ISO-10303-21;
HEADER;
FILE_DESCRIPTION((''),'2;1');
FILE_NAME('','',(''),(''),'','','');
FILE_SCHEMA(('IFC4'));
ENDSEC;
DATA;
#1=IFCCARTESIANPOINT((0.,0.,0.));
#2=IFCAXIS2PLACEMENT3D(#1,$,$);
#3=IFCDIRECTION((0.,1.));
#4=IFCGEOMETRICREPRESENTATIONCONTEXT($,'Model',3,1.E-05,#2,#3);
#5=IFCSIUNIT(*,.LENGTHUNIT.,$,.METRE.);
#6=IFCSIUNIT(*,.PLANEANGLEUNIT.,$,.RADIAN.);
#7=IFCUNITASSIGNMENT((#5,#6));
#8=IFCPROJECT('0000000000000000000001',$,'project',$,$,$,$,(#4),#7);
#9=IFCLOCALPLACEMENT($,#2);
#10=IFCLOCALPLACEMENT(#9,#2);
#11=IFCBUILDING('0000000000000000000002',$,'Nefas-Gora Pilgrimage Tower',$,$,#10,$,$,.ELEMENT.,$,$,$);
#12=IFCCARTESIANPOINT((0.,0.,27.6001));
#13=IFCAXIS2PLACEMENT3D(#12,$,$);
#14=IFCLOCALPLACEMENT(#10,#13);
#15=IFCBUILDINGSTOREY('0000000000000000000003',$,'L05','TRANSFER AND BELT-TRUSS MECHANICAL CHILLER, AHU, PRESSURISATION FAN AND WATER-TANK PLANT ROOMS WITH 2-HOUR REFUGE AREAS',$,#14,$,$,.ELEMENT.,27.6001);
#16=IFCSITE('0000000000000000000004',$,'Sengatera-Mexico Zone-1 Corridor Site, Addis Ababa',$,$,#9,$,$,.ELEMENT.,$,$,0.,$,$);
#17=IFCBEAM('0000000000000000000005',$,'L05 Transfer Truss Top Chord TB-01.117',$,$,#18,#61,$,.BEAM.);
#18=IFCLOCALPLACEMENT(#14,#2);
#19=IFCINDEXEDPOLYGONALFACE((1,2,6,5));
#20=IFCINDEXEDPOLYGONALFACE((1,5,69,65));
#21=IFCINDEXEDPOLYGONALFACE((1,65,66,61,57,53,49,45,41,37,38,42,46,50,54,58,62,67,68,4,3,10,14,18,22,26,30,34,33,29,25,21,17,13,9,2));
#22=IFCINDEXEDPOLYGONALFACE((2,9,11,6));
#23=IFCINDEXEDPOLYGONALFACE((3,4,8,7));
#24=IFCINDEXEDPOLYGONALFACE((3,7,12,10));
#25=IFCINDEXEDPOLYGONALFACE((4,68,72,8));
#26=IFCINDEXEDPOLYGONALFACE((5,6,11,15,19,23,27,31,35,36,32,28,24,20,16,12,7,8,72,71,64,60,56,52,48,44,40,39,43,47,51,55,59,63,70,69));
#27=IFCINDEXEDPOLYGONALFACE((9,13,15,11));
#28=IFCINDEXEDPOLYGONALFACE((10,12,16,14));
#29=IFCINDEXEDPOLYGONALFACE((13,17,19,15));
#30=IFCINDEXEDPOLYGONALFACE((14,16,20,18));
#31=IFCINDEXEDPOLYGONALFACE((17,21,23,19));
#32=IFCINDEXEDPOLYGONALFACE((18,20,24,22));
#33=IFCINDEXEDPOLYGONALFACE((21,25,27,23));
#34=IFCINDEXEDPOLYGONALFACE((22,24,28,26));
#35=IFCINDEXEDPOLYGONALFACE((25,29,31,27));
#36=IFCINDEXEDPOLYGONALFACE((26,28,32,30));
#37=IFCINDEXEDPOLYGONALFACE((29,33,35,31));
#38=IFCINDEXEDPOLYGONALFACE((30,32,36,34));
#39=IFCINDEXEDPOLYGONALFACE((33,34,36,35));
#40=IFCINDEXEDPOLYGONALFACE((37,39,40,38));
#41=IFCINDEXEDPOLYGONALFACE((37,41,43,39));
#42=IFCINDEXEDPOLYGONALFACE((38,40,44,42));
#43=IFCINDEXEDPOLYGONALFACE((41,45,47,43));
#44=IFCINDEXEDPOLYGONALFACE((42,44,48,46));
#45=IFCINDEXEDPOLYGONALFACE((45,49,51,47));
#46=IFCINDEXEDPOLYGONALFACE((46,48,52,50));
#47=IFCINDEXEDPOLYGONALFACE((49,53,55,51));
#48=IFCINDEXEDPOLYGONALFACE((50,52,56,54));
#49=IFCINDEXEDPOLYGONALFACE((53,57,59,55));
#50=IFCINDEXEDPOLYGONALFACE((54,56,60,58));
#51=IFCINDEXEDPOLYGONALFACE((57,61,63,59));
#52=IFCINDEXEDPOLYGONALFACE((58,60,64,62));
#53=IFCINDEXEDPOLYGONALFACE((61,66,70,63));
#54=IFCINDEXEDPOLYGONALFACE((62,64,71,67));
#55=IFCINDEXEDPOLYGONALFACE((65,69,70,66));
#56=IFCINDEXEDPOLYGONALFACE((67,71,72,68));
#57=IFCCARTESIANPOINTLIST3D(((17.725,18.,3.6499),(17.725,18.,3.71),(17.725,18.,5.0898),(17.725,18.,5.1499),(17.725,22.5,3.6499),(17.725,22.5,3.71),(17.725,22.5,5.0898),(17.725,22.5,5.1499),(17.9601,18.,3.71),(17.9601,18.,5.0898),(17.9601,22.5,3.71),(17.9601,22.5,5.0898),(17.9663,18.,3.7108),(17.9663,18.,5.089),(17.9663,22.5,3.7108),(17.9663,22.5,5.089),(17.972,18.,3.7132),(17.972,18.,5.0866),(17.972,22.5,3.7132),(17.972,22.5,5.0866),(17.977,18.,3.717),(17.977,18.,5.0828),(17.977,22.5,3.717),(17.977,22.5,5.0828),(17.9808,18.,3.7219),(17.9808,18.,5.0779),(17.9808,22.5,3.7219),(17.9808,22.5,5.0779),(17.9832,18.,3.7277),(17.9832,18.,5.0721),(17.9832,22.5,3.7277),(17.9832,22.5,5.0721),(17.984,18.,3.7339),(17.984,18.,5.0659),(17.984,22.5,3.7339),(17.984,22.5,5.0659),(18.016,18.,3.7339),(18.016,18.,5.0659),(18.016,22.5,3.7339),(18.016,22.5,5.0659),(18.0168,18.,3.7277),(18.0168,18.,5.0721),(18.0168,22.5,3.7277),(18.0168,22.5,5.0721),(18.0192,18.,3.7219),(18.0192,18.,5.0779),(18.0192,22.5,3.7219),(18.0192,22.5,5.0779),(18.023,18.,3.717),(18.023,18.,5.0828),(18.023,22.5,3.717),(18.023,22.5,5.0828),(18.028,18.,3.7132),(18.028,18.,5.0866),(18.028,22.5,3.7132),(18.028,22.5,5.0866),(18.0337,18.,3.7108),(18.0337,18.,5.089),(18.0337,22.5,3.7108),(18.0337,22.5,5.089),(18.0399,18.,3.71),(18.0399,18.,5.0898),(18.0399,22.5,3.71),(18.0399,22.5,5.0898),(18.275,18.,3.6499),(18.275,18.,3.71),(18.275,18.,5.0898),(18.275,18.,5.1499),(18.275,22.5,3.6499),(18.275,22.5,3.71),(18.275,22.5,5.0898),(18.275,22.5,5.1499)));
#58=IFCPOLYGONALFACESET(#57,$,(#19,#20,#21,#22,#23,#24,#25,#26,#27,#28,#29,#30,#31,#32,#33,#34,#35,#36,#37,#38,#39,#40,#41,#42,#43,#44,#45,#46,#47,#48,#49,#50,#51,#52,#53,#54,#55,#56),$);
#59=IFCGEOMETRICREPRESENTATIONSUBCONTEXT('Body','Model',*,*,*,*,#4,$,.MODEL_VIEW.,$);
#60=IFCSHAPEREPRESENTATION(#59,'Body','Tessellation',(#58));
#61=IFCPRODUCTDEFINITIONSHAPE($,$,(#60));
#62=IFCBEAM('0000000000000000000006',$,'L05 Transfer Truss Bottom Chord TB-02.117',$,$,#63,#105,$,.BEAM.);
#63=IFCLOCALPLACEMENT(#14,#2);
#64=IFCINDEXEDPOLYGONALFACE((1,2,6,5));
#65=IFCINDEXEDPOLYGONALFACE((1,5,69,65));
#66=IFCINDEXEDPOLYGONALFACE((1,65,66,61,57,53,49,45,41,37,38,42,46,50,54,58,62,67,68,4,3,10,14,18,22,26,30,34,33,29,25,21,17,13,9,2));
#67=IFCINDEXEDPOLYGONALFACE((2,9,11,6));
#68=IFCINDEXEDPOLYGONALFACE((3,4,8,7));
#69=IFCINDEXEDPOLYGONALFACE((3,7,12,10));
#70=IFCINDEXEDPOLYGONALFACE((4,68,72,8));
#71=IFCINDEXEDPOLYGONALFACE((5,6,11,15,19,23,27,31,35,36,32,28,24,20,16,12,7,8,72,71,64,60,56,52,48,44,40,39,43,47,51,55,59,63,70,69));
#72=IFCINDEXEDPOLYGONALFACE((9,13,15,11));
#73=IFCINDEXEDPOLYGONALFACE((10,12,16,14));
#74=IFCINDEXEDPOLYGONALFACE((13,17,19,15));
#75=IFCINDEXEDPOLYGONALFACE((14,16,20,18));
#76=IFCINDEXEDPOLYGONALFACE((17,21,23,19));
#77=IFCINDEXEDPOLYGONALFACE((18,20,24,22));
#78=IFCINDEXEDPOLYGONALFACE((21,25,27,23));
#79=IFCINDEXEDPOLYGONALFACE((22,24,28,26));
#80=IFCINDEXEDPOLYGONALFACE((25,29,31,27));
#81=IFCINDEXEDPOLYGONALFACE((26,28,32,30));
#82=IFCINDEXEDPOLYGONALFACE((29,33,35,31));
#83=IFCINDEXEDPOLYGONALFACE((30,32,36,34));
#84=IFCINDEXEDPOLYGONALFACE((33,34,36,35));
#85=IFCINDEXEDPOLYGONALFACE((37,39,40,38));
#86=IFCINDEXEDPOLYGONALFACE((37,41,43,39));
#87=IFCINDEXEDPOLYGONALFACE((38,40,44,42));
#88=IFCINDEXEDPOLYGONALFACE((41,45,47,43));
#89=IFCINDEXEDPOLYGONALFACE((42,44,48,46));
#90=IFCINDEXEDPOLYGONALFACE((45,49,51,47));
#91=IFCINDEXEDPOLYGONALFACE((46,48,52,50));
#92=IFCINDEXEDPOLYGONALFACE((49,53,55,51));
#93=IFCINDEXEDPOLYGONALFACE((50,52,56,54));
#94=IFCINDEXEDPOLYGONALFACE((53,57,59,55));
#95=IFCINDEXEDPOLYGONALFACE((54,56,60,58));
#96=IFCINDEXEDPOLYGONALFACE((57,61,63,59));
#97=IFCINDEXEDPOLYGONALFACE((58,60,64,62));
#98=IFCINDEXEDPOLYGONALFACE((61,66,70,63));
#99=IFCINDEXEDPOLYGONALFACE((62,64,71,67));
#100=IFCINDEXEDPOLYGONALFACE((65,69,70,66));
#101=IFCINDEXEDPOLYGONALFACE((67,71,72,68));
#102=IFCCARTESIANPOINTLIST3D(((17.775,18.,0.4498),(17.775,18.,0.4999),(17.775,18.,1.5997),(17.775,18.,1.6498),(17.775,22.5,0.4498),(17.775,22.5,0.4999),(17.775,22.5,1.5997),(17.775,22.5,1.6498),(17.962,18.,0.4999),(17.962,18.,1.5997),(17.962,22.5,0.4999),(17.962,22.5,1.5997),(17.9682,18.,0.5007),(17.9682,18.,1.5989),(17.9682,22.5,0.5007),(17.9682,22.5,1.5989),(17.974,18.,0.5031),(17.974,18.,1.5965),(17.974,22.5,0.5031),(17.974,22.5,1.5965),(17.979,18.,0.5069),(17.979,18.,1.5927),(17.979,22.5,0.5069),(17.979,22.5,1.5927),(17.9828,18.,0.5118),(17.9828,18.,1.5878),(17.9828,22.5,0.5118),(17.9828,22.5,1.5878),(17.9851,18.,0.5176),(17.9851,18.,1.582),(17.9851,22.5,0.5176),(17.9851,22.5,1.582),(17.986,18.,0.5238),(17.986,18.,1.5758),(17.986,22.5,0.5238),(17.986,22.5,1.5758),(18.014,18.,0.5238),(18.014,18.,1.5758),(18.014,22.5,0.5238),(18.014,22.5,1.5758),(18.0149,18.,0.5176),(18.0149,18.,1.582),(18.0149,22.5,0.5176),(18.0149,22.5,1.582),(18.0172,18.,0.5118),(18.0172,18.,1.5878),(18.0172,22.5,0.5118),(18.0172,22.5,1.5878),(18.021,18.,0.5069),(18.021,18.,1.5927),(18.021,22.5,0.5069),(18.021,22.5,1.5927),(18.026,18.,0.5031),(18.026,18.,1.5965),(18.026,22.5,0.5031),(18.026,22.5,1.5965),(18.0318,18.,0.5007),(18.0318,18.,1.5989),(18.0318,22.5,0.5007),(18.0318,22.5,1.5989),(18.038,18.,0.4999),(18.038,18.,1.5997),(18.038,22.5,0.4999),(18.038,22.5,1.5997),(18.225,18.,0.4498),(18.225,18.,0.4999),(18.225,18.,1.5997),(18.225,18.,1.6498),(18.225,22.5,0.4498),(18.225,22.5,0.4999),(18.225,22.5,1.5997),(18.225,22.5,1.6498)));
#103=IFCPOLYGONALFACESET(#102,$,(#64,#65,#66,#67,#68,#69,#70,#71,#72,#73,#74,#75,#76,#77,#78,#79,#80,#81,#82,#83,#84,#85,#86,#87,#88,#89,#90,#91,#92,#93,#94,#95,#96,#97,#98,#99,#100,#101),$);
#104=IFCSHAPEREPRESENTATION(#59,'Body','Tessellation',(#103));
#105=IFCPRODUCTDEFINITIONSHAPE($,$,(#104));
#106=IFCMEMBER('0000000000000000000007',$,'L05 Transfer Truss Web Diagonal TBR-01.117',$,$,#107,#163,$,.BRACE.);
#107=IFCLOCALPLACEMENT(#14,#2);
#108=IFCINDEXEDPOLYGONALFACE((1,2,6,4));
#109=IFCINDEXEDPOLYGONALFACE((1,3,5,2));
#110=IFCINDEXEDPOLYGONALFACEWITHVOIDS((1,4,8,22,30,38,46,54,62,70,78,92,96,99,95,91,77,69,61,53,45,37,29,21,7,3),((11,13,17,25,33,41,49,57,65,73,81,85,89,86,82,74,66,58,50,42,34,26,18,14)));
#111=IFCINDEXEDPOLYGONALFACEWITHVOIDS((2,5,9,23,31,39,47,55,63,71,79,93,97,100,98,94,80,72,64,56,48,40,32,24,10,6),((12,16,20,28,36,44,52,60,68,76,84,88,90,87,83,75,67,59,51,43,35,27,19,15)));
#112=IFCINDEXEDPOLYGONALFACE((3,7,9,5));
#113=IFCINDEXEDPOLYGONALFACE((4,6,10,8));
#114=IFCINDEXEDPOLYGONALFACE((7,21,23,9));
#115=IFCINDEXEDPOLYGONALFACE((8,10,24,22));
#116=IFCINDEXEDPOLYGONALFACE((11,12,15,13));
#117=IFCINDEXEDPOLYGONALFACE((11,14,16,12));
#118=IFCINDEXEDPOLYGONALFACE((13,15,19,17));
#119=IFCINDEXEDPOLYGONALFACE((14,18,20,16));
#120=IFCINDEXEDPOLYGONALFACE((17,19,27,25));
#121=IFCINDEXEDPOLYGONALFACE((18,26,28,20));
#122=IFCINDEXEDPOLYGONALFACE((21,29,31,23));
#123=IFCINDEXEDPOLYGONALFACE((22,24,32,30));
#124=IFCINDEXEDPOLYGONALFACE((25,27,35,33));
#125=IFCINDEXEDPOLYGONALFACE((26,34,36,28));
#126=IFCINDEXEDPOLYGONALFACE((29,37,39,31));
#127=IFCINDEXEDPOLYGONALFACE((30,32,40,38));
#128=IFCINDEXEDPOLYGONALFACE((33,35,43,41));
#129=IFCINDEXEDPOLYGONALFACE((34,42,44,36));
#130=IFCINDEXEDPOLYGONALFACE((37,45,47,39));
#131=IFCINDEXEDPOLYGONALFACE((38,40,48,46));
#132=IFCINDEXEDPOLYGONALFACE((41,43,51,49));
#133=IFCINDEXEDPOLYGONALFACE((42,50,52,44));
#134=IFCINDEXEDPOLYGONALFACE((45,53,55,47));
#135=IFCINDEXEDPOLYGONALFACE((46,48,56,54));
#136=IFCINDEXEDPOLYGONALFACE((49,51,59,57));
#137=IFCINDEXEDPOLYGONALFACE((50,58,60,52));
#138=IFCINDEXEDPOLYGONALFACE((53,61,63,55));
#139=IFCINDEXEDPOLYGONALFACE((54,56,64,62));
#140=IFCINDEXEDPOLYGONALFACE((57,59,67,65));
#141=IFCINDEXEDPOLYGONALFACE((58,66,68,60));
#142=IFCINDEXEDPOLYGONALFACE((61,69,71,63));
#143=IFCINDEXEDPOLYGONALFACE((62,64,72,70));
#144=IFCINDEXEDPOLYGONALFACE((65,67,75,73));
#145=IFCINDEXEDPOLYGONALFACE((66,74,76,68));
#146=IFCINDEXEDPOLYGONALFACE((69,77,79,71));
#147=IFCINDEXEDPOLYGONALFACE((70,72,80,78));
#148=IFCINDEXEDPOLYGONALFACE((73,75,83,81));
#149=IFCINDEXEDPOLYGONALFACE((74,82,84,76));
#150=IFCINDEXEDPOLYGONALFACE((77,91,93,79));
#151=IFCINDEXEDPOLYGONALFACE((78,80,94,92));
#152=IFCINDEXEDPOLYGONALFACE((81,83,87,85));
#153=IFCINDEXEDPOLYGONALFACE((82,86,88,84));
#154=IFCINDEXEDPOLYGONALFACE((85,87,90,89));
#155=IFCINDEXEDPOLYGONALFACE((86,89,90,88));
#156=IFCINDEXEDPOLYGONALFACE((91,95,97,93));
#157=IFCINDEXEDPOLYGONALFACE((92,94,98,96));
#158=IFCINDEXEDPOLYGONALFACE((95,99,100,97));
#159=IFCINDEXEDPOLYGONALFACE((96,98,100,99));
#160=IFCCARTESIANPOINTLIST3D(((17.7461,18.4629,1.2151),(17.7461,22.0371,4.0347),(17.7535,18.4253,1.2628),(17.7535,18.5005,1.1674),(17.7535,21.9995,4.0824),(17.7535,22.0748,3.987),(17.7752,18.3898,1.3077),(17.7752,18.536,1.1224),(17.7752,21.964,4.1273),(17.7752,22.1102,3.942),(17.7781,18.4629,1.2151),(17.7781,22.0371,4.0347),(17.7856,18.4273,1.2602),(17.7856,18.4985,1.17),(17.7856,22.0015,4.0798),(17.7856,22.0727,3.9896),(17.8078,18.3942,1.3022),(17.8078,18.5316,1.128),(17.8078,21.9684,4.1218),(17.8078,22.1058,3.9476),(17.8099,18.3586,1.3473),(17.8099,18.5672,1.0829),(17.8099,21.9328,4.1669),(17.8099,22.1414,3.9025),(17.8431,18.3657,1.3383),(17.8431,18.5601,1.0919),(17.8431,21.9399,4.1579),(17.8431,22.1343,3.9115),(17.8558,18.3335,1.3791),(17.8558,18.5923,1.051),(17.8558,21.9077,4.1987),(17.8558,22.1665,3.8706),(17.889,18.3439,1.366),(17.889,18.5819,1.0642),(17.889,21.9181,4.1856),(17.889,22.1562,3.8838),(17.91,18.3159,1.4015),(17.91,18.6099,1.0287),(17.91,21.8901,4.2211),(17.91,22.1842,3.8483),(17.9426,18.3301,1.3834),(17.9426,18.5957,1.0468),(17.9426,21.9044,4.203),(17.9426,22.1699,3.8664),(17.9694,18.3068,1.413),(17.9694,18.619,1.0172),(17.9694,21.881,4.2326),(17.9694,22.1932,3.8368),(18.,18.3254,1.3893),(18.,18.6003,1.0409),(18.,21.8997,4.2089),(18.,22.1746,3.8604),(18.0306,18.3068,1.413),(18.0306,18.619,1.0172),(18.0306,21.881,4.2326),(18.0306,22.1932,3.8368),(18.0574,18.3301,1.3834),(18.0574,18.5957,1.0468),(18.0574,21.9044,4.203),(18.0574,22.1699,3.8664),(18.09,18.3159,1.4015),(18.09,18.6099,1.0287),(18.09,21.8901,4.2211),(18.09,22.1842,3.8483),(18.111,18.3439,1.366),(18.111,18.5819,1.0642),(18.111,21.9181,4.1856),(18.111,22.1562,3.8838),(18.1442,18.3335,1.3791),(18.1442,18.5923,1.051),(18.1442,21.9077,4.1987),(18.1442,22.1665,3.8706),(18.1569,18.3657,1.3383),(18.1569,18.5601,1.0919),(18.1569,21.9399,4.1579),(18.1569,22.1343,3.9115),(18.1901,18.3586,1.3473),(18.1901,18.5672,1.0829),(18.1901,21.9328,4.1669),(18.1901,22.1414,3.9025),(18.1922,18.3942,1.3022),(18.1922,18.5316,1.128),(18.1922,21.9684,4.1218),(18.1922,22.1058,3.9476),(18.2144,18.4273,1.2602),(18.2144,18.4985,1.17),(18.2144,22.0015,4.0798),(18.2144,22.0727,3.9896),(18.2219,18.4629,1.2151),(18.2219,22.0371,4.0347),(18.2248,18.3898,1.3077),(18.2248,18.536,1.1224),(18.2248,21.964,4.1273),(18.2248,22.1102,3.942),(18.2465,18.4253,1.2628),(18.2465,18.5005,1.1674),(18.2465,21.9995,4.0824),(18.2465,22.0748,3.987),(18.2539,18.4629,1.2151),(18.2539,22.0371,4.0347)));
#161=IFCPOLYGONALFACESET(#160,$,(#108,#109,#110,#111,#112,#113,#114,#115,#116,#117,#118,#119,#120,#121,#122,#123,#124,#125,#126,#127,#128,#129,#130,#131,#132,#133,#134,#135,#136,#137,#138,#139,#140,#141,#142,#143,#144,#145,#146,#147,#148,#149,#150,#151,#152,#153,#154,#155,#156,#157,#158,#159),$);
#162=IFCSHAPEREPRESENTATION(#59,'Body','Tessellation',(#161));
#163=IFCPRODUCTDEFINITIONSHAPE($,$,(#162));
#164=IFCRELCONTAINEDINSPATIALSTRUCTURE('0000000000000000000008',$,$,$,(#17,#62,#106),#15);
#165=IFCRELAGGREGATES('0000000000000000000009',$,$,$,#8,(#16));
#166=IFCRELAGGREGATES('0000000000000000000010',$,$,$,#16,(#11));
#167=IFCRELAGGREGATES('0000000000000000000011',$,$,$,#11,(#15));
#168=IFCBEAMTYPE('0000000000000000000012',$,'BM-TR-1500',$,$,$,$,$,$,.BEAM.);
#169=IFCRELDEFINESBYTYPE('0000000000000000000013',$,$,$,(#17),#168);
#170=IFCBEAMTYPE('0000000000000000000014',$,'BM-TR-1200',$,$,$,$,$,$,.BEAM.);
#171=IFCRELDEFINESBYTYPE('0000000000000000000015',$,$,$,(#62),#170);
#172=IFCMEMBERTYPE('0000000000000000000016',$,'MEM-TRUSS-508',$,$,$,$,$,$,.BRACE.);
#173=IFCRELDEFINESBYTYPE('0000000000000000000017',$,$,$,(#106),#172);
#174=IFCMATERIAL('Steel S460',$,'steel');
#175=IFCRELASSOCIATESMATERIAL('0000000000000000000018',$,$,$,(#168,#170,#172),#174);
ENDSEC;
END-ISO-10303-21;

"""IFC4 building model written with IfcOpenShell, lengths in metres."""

from ifc_helpers import new_model, si_unit, direction, frame, origin, origin_2d, place, context, subcontext, project, spatial, hollow_circle, i_section, extrude, source, transform, mapped, material, material_profile, profile_set, type_object, element, save


model = new_model("IFC4")

# Units and contexts
model_context = context("Model", 3, precision=1e-05, world=origin(), true_north=direction((0.0, 1.0)))
body_context = subcontext(model_context, "Body", "Model", "MODEL_VIEW")
ifc_project = project(units=[si_unit("LENGTHUNIT", "METRE"), si_unit("PLANEANGLEUNIT", "RADIAN")], contexts=[model_context])

# Site, building, storey
site_placement = place(None, origin())
site = spatial("IfcSite", under=ifc_project, at=site_placement, Name="Sengatera-Mexico Zone-1 Corridor Site, Addis Ababa", CompositionType="ELEMENT", RefElevation=0.0)
building_placement = place(site_placement, origin())
building = spatial("IfcBuilding", under=site, at=building_placement, Name="Nefas-Gora Pilgrimage Tower", CompositionType="ELEMENT")
storey_placement = place(building_placement, frame((0.0, 0.0, 27.6001)))
storey = spatial("IfcBuildingStorey", under=building, at=storey_placement, Name="L05", Description="TRANSFER AND BELT-TRUSS MECHANICAL CHILLER, AHU, PRESSURISATION FAN AND WATER-TANK PLANT ROOMS WITH 2-HOUR REFUGE AREAS", CompositionType="ELEMENT", Elevation=27.6001)

# Shared definitions
ifc_material = material(Name="Steel S460", Category="steel")

# Shared definitions
ifc_material_profile_1 = material_profile(ifc_material, i_section(OverallWidth=0.55, OverallDepth=1.5, WebThickness=0.032, FlangeThickness=0.0601, FilletRadius=0.0239, at=origin_2d()), Name="WPG 1500x550x32x60")
ifc_profile_set_1 = profile_set([ifc_material_profile_1], Name="Steel S460")
beam_type_1 = type_object("IfcBeamType", Name="BM-TR-1500", PredefinedType="BEAM", material=ifc_profile_set_1)
ifc_material_profile_2 = material_profile(ifc_material, i_section(OverallWidth=0.45, OverallDepth=1.2, WebThickness=0.0281, FlangeThickness=0.05, FilletRadius=0.0239, at=origin_2d()), Name="WPG 1200x450x28x50")
ifc_profile_set_2 = profile_set([ifc_material_profile_2], Name="Steel S460")
beam_type_2 = type_object("IfcBeamType", Name="BM-TR-1200", PredefinedType="BEAM", material=ifc_profile_set_2)

# Shared definitions
ifc_material_profile_3 = material_profile(ifc_material, hollow_circle(Radius=0.2539, WallThickness=0.032, at=origin_2d()), Name="CHS 508x32")
ifc_profile_set_3 = profile_set([ifc_material_profile_3], Name="Steel S460")
member_type = type_object("IfcMemberType", Name="MEM-TRUSS-508", PredefinedType="BRACE", material=ifc_profile_set_3)

# Beams
shared_shape_1 = source(origin(), body_context, "Body", "SweptSolid", [
    extrude(i_section(OverallWidth=0.55, OverallDepth=1.5, WebThickness=0.032, FlangeThickness=0.0601, FilletRadius=0.0239, at=origin_2d()), origin(), (0.0, 0.0, 1.0), 4.5),
])
beam_1_placement = place(storey_placement, frame((18.0, 18.0, 4.3999), z_axis=(0.0, 1.0, 0.0), x_axis=(-1.0, 0.0, 0.0)))
element("IfcBeam", 1, at=beam_1_placement, inside=storey, type_object=beam_type_1, Name="L05 Transfer Truss Top Chord TB-01.117", PredefinedType="BEAM", context=body_context, shape_type="MappedRepresentation", body=[
    mapped(shared_shape_1, transform((0.0, 0.0, 0.0), x_axis=(1.0, 0.0, 0.0), y_axis=(0.0, 1.0, 0.0), z_axis=(0.0, 0.0, 1.0), scale=1.0)),
])
shared_shape_2 = source(origin(), body_context, "Body", "SweptSolid", [
    extrude(i_section(OverallWidth=0.45, OverallDepth=1.2, WebThickness=0.0281, FlangeThickness=0.05, FilletRadius=0.0239, at=origin_2d()), origin(), (0.0, 0.0, 1.0), 4.5),
])
beam_2_placement = place(storey_placement, frame((18.0, 18.0, 1.0498), z_axis=(0.0, 1.0, 0.0), x_axis=(-1.0, 0.0, 0.0)))
element("IfcBeam", 2, at=beam_2_placement, inside=storey, type_object=beam_type_2, Name="L05 Transfer Truss Bottom Chord TB-02.117", PredefinedType="BEAM", context=body_context, shape_type="MappedRepresentation", body=[
    mapped(shared_shape_2, transform((0.0, 0.0, 0.0), x_axis=(1.0, 0.0, 0.0), y_axis=(0.0, 1.0, 0.0), z_axis=(0.0, 0.0, 1.0), scale=1.0)),
])

# Member
shared_shape_3 = source(origin(), body_context, "Body", "SweptSolid", [
    extrude(hollow_circle(Radius=0.2539, WallThickness=0.032, at=origin_2d()), origin(), (0.0, 0.0, 1.0), 4.5525),
])
member_1_placement = place(storey_placement, frame((18.0, 18.4629, 1.2151), z_axis=(0.0, 0.785115, 0.61935), x_axis=(-1.0, 0.0, 0.0)))
element("IfcMember", 3, at=member_1_placement, inside=storey, type_object=member_type, Name="L05 Transfer Truss Web Diagonal TBR-01.117", PredefinedType="BRACE", context=body_context, shape_type="MappedRepresentation", body=[
    mapped(shared_shape_3, transform((0.0, 0.0, 0.0), x_axis=(1.0, 0.0, 0.0), y_axis=(0.0, 1.0, 0.0), z_axis=(0.0, 0.0, 1.0), scale=1.0)),
])

save(model, "model.ifc")
